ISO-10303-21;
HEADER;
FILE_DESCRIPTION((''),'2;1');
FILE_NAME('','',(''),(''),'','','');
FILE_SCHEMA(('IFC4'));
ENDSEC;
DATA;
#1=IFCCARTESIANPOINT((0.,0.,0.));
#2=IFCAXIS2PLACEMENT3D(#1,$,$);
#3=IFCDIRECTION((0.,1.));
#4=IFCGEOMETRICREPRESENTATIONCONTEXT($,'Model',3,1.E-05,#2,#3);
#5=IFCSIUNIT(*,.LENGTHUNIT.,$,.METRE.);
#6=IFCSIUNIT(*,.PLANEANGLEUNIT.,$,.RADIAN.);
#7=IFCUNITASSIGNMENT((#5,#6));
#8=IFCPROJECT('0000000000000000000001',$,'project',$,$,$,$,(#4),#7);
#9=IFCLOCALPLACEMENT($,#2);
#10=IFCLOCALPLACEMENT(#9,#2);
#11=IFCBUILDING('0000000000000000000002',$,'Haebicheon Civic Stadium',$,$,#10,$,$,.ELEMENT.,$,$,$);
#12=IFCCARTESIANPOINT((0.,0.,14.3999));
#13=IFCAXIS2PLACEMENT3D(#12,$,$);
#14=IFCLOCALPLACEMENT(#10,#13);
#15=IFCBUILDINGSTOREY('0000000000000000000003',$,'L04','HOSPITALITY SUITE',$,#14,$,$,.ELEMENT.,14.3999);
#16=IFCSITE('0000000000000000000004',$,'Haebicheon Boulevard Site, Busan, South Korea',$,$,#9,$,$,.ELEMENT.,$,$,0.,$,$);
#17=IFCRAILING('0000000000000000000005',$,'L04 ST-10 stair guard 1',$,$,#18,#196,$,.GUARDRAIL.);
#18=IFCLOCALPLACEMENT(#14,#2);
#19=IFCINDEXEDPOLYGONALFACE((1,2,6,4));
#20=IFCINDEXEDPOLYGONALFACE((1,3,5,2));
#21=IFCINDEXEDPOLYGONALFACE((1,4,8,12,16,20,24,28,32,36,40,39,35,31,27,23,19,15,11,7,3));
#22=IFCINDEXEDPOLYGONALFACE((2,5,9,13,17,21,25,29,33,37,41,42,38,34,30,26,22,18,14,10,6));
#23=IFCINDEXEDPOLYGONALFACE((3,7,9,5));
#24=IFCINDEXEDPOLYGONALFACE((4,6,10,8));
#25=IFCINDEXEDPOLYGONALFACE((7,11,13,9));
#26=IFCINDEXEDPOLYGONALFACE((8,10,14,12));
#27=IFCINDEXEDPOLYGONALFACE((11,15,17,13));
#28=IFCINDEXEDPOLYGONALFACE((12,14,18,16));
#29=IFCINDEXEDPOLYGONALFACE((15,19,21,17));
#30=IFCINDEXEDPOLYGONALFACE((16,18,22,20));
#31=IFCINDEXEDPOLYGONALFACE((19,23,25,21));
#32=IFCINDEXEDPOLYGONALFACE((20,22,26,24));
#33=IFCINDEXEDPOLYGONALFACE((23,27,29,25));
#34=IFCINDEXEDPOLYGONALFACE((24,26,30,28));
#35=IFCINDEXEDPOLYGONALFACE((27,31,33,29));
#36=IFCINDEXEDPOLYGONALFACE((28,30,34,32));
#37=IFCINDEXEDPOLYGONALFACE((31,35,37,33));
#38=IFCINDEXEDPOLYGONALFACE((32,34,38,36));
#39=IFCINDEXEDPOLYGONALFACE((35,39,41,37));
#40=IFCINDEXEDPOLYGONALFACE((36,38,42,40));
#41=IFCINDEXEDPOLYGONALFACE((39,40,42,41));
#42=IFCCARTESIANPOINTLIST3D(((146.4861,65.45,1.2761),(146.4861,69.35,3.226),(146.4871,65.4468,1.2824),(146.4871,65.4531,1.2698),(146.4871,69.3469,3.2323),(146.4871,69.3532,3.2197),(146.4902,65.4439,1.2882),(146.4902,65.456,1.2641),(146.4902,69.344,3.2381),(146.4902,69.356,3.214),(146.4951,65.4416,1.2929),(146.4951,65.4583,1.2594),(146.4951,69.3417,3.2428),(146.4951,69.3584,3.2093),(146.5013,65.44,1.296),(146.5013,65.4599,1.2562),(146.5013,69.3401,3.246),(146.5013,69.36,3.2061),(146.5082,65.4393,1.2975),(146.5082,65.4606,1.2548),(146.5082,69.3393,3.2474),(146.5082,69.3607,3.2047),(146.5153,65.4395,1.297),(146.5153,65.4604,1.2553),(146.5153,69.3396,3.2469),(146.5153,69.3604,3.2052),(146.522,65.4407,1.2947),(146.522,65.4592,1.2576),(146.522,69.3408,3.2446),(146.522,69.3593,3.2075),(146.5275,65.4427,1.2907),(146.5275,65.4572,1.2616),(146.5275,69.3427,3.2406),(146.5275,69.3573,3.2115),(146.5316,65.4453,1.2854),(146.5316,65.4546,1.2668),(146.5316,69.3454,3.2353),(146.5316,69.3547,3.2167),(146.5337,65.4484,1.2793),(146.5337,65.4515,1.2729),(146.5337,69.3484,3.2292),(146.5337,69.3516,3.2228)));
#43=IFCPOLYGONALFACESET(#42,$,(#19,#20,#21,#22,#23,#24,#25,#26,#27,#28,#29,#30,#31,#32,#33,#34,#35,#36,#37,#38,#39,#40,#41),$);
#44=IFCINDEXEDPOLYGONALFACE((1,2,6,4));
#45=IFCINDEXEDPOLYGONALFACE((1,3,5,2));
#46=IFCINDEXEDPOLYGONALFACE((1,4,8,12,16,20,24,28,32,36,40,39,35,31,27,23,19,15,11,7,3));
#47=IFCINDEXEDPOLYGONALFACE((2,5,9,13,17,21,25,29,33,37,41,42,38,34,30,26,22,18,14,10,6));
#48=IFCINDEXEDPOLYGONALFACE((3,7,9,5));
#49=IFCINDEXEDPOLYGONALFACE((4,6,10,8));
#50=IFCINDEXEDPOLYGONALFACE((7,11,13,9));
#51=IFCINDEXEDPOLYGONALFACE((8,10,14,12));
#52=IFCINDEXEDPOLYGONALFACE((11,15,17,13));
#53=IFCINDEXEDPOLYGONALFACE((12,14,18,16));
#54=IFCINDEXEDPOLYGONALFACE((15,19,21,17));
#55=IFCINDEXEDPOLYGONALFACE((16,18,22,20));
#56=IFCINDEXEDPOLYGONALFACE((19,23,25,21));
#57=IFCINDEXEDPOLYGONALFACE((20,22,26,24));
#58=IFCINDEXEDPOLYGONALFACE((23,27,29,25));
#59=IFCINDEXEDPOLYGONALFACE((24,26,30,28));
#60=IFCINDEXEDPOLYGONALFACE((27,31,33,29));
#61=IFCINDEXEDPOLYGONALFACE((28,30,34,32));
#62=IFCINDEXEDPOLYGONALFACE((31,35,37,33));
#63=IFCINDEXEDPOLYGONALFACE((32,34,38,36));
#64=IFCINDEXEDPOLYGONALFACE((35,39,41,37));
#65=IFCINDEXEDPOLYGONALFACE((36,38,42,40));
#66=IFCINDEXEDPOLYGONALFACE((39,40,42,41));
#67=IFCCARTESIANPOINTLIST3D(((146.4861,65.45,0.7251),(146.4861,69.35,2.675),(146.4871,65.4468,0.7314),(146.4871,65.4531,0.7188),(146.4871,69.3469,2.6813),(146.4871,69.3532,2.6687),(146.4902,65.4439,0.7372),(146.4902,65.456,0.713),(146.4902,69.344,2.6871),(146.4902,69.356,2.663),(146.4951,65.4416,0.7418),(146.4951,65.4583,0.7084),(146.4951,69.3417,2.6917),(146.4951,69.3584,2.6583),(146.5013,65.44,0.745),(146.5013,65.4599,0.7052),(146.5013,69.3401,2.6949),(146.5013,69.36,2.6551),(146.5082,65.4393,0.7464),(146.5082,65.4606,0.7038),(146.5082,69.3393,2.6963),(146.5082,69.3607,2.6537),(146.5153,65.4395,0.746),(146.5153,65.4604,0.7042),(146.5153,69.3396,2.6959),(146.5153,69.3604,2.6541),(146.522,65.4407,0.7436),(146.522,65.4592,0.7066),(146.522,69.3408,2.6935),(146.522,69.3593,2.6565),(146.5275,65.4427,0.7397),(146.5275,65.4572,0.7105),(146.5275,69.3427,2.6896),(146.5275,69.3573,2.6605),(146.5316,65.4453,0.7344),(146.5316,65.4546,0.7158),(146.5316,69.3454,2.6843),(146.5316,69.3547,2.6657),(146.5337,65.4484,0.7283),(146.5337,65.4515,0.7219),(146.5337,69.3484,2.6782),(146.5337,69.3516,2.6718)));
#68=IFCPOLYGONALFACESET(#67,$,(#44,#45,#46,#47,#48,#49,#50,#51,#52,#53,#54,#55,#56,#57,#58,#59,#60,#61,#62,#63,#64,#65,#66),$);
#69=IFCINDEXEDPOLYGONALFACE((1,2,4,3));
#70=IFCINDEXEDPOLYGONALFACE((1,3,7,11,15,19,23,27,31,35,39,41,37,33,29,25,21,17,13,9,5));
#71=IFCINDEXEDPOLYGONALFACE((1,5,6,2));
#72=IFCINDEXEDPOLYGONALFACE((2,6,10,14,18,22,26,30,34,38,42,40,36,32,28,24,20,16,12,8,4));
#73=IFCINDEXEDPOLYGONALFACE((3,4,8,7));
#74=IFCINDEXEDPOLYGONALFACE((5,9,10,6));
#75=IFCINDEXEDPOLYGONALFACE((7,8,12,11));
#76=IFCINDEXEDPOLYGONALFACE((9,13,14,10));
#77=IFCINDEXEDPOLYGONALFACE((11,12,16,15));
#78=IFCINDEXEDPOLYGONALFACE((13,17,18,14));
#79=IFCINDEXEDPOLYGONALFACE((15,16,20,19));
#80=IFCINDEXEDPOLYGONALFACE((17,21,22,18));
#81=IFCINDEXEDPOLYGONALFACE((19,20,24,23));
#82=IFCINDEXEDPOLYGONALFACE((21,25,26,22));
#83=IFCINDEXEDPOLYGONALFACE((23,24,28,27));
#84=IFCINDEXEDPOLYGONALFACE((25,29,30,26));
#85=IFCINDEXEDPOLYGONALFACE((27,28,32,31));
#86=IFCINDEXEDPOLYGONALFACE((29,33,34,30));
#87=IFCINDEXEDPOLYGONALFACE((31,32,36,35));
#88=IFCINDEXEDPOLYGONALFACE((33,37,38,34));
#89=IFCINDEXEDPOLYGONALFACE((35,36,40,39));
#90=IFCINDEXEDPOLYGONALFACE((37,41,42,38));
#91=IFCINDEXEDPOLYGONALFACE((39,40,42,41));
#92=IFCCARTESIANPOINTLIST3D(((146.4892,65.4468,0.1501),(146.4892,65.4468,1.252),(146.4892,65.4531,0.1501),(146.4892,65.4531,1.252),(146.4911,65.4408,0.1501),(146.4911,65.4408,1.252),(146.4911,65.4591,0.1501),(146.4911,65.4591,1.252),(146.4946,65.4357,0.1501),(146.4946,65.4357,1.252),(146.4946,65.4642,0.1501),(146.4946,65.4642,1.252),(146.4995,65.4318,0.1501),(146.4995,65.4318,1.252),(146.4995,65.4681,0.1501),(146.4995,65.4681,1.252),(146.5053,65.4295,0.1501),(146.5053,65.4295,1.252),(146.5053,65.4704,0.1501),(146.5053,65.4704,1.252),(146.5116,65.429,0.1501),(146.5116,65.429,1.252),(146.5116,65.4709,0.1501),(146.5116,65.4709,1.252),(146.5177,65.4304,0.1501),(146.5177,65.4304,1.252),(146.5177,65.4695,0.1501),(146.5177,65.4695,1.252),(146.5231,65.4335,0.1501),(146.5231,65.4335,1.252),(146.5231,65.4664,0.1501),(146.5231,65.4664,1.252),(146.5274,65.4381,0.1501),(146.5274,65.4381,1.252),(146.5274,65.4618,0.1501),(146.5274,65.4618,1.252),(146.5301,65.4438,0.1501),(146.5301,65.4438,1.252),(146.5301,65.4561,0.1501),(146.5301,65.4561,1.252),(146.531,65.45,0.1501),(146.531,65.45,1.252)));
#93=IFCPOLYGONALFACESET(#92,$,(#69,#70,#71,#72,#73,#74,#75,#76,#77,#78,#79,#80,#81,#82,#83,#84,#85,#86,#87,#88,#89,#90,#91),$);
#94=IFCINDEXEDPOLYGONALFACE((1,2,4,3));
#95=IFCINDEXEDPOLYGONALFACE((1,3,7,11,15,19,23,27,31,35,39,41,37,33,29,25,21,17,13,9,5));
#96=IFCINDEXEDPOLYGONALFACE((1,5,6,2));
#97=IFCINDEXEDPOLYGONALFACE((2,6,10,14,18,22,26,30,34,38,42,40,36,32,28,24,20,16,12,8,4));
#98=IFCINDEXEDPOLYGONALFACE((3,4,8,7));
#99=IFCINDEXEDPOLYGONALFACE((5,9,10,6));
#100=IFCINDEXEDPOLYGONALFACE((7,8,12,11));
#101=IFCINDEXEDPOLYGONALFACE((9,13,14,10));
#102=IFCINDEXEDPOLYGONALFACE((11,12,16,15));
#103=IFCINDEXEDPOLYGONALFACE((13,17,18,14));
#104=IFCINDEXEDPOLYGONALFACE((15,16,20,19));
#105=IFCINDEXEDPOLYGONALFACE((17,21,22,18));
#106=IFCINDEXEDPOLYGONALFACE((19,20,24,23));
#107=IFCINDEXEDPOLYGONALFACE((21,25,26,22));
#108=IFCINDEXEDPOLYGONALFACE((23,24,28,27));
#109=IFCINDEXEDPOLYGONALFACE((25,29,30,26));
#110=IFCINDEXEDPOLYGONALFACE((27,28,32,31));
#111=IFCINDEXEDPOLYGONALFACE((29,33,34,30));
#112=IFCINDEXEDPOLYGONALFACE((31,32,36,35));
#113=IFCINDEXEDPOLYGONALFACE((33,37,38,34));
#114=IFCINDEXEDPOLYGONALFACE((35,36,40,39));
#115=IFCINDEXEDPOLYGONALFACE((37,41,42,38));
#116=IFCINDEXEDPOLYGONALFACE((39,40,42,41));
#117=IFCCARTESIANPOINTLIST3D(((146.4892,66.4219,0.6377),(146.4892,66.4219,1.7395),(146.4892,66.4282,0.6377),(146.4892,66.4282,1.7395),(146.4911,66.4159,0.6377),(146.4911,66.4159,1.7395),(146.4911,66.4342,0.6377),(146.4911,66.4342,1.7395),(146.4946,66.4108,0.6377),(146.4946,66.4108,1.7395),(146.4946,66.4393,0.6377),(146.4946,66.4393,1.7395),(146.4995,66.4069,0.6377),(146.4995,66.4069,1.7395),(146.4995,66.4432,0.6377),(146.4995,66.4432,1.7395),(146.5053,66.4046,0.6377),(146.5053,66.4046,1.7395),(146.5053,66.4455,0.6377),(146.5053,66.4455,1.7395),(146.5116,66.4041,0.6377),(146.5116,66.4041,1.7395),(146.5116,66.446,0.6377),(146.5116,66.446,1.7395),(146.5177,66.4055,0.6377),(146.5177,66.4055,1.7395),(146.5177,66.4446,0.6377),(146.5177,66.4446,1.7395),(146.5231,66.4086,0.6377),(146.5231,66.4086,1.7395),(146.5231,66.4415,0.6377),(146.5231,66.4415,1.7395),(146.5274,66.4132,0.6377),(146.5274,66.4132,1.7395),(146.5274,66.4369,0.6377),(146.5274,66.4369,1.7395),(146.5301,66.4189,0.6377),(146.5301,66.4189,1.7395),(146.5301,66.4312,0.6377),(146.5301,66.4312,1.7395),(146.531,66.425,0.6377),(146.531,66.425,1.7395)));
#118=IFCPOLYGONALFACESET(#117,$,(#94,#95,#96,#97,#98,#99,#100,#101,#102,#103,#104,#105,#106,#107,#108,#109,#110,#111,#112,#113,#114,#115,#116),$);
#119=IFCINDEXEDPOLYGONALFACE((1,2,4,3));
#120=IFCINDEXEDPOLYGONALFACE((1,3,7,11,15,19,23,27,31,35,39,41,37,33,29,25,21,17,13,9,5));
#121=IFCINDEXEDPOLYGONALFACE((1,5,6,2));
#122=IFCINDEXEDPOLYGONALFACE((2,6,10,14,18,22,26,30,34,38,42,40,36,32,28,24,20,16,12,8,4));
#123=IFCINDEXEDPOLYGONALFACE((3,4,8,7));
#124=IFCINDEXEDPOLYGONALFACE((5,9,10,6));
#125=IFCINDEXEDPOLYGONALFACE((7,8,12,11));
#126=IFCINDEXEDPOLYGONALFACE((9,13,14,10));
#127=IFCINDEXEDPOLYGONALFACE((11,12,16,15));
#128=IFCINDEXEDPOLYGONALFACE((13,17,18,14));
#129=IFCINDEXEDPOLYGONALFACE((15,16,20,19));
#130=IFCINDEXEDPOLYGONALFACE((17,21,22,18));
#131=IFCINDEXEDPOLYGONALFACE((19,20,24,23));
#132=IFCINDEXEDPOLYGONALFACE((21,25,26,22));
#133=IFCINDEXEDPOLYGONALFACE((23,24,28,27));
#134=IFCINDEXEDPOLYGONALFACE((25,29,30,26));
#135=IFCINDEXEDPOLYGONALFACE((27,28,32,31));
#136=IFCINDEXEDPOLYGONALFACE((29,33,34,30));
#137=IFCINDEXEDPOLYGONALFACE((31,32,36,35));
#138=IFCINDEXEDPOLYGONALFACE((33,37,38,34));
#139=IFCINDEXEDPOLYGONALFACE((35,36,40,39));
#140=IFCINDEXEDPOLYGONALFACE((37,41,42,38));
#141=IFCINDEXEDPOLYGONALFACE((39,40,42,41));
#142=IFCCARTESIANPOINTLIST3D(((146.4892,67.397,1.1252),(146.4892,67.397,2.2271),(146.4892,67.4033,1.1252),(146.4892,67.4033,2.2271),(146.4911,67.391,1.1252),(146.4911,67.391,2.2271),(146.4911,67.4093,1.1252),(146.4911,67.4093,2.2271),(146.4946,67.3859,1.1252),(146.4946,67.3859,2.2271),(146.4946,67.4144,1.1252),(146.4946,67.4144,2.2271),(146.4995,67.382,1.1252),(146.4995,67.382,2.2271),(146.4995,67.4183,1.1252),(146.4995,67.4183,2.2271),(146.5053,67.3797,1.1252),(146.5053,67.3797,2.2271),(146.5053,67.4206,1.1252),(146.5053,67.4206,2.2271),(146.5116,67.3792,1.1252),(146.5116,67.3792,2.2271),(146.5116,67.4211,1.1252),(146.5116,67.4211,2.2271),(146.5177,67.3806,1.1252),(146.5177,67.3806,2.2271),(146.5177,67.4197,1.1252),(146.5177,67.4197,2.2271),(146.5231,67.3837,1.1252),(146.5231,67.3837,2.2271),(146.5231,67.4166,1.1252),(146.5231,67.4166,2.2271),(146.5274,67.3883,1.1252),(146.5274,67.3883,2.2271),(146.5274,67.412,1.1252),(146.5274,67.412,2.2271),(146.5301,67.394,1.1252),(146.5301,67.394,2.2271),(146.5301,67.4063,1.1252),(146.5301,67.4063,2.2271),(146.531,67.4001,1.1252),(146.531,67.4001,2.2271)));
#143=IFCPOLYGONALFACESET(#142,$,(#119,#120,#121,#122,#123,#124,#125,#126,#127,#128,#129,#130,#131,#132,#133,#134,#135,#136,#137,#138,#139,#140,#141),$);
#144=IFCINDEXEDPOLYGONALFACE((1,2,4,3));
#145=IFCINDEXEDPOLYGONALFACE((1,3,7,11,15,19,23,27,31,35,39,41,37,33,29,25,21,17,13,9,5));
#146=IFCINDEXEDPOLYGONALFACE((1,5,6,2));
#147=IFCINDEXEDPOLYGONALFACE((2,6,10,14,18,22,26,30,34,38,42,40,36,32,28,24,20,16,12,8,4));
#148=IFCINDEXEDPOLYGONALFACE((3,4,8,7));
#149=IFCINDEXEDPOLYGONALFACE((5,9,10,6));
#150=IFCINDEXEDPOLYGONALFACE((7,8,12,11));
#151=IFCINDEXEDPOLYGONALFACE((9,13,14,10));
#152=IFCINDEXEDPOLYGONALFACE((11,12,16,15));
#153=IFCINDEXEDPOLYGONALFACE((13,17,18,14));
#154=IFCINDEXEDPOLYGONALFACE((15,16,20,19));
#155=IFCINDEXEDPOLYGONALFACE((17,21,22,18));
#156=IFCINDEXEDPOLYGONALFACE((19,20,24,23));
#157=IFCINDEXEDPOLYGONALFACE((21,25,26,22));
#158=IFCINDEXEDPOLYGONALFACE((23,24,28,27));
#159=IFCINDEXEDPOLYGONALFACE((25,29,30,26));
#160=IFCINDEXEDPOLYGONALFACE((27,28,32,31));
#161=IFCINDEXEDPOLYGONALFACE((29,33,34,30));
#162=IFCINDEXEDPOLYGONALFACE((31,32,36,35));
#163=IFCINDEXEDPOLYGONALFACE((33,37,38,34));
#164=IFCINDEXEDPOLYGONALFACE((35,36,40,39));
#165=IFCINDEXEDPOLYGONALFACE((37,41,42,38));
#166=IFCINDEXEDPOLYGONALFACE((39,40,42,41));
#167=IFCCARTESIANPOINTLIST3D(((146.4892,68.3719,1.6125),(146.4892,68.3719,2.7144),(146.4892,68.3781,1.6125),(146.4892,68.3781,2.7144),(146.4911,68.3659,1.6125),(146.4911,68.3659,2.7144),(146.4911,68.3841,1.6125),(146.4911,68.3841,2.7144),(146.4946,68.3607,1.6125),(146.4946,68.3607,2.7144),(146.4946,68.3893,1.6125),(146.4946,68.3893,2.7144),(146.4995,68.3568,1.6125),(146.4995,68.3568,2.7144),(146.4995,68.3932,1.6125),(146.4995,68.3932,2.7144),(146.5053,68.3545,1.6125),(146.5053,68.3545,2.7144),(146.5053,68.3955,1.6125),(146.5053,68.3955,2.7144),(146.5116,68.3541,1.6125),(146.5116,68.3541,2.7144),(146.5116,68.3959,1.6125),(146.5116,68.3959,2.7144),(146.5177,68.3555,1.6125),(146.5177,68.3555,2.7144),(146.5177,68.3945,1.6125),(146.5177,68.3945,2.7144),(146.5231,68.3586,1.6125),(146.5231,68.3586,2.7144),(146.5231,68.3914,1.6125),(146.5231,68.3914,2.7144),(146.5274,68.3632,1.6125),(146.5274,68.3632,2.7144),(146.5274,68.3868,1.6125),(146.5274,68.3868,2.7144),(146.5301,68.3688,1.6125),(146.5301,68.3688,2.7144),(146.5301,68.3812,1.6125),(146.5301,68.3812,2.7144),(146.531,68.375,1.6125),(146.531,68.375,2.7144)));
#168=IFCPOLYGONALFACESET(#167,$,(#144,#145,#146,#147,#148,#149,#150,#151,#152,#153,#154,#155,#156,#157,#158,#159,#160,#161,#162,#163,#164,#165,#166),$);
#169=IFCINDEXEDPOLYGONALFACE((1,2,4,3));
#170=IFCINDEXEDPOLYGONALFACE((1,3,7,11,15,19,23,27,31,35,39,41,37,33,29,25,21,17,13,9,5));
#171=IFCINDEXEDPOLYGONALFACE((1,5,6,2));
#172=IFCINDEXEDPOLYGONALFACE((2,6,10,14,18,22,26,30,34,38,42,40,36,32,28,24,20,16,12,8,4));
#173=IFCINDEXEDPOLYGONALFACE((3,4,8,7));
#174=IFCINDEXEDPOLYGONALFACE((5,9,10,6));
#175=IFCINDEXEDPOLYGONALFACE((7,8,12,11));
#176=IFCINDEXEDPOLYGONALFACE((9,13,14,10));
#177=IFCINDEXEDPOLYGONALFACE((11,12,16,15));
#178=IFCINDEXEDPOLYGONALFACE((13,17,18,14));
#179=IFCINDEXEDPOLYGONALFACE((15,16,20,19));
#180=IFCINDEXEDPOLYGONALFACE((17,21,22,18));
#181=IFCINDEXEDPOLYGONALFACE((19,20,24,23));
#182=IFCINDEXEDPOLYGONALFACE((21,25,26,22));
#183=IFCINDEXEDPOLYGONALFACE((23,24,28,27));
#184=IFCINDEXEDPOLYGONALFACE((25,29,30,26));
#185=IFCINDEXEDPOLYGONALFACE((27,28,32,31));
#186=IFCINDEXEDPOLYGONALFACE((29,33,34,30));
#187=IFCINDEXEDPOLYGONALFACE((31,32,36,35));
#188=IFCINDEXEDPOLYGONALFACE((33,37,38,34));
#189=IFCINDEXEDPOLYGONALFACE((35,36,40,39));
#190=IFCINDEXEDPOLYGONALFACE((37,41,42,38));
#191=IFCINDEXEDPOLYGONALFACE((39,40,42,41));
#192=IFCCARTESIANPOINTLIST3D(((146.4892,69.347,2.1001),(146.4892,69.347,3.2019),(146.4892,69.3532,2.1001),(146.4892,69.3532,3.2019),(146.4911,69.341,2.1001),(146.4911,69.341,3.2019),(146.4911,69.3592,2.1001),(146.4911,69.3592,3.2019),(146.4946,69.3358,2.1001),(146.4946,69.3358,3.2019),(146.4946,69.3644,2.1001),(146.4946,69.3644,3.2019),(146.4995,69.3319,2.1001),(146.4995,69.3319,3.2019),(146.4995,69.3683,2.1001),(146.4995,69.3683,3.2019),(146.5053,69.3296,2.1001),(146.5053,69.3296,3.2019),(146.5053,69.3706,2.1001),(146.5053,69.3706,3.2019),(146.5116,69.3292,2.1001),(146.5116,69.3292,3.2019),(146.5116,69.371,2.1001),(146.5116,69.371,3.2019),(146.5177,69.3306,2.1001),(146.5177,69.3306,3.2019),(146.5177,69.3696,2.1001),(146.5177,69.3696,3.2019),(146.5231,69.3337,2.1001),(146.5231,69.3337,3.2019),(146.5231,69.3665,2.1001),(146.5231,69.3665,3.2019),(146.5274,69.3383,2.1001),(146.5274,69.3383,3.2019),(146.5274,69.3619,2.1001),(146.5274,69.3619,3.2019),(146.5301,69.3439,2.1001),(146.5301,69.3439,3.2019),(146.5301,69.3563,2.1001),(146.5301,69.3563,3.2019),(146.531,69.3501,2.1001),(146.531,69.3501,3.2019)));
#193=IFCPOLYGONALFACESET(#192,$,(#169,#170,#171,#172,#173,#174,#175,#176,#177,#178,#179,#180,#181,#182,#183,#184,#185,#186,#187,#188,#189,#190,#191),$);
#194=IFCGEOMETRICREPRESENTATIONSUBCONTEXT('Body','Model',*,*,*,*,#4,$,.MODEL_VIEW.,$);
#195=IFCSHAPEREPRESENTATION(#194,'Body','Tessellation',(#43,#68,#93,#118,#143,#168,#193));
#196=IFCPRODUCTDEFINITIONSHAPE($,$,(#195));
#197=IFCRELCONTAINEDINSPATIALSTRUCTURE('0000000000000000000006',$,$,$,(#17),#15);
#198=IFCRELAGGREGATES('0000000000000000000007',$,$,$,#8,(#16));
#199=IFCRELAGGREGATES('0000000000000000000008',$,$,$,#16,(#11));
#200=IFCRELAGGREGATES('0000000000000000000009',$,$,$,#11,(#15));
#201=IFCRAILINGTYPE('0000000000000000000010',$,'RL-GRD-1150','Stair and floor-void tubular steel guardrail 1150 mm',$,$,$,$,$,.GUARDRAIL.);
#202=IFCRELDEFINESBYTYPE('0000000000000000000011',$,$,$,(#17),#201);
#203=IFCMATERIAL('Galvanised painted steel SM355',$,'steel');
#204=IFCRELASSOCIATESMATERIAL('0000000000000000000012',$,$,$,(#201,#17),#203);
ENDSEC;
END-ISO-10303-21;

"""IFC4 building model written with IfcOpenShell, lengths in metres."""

from ifc_helpers import new_model, si_unit, direction, frame, origin, origin_2d, place, context, subcontext, project, spatial, circle, extrude, material, type_object, element, save


model = new_model("IFC4")

# Units and contexts
model_context = context("Model", 3, precision=1e-05, world=origin(), true_north=direction((0.0, 1.0)))
body_context = subcontext(model_context, "Body", "Model", "MODEL_VIEW")
ifc_project = project(units=[si_unit("LENGTHUNIT", "METRE"), si_unit("PLANEANGLEUNIT", "RADIAN")], contexts=[model_context])

# Site, building, storey
site_placement = place(None, origin())
site = spatial("IfcSite", under=ifc_project, at=site_placement, Name="Haebicheon Boulevard Site, Busan, South Korea", CompositionType="ELEMENT", RefElevation=0.0)
building_placement = place(site_placement, origin())
building = spatial("IfcBuilding", under=site, at=building_placement, Name="Haebicheon Civic Stadium", CompositionType="ELEMENT")
storey_placement = place(building_placement, frame((0.0, 0.0, 14.3999)))
storey = spatial("IfcBuildingStorey", under=building, at=storey_placement, Name="L04", Description="HOSPITALITY SUITE", CompositionType="ELEMENT", Elevation=14.3999)

# Railing
ifc_material_1 = material(Name="Galvanised painted steel SM355", Category="steel")
railing_type_1 = type_object("IfcRailingType", Name="RL-GRD-1150", Description="Stair and floor-void tubular steel guardrail 1150 mm", PredefinedType="GUARDRAIL", material=ifc_material_1)
railing_1_placement = place(storey_placement, frame((146.51, 65.45, 0.1501)))
element("IfcRailing", 1, at=railing_1_placement, inside=storey, type_object=railing_type_1, material=ifc_material_1, Name="L04 ST-10 stair guard 1", PredefinedType="GUARDRAIL", context=body_context, shape_type="SweptSolid", body=[
    extrude(circle(Radius=0.0239, at=origin_2d()), frame((0.0, 0.0, 1.126), z_axis=(0.0, 0.894438, 0.447191), x_axis=(-1.0, 0.0, 0.0)), (0.0, 0.0, 1.0), 4.3604),
    extrude(circle(Radius=0.0239, at=origin_2d()), frame((0.0, 0.0, 0.575), z_axis=(0.0, 0.894438, 0.447191), x_axis=(-1.0, 0.0, 0.0)), (0.0, 0.0, 1.0), 4.3604),
    extrude(circle(Radius=0.021, at=origin_2d()), origin(), (0.0, 0.0, 1.0), 1.1018),
    extrude(circle(Radius=0.021, at=origin_2d()), frame((0.0, 0.9751, 0.4875)), (0.0, 0.0, 1.0), 1.1018),
    extrude(circle(Radius=0.021, at=origin_2d()), frame((0.0, 1.9502, 0.9751)), (0.0, 0.0, 1.0), 1.1018),
    extrude(circle(Radius=0.021, at=origin_2d()), frame((0.0, 2.925, 1.4624)), (0.0, 0.0, 1.0), 1.1018),
    extrude(circle(Radius=0.021, at=origin_2d()), frame((0.0, 3.9001, 1.95)), (0.0, 0.0, 1.0), 1.1018),
])

save(model, "model.ifc")
